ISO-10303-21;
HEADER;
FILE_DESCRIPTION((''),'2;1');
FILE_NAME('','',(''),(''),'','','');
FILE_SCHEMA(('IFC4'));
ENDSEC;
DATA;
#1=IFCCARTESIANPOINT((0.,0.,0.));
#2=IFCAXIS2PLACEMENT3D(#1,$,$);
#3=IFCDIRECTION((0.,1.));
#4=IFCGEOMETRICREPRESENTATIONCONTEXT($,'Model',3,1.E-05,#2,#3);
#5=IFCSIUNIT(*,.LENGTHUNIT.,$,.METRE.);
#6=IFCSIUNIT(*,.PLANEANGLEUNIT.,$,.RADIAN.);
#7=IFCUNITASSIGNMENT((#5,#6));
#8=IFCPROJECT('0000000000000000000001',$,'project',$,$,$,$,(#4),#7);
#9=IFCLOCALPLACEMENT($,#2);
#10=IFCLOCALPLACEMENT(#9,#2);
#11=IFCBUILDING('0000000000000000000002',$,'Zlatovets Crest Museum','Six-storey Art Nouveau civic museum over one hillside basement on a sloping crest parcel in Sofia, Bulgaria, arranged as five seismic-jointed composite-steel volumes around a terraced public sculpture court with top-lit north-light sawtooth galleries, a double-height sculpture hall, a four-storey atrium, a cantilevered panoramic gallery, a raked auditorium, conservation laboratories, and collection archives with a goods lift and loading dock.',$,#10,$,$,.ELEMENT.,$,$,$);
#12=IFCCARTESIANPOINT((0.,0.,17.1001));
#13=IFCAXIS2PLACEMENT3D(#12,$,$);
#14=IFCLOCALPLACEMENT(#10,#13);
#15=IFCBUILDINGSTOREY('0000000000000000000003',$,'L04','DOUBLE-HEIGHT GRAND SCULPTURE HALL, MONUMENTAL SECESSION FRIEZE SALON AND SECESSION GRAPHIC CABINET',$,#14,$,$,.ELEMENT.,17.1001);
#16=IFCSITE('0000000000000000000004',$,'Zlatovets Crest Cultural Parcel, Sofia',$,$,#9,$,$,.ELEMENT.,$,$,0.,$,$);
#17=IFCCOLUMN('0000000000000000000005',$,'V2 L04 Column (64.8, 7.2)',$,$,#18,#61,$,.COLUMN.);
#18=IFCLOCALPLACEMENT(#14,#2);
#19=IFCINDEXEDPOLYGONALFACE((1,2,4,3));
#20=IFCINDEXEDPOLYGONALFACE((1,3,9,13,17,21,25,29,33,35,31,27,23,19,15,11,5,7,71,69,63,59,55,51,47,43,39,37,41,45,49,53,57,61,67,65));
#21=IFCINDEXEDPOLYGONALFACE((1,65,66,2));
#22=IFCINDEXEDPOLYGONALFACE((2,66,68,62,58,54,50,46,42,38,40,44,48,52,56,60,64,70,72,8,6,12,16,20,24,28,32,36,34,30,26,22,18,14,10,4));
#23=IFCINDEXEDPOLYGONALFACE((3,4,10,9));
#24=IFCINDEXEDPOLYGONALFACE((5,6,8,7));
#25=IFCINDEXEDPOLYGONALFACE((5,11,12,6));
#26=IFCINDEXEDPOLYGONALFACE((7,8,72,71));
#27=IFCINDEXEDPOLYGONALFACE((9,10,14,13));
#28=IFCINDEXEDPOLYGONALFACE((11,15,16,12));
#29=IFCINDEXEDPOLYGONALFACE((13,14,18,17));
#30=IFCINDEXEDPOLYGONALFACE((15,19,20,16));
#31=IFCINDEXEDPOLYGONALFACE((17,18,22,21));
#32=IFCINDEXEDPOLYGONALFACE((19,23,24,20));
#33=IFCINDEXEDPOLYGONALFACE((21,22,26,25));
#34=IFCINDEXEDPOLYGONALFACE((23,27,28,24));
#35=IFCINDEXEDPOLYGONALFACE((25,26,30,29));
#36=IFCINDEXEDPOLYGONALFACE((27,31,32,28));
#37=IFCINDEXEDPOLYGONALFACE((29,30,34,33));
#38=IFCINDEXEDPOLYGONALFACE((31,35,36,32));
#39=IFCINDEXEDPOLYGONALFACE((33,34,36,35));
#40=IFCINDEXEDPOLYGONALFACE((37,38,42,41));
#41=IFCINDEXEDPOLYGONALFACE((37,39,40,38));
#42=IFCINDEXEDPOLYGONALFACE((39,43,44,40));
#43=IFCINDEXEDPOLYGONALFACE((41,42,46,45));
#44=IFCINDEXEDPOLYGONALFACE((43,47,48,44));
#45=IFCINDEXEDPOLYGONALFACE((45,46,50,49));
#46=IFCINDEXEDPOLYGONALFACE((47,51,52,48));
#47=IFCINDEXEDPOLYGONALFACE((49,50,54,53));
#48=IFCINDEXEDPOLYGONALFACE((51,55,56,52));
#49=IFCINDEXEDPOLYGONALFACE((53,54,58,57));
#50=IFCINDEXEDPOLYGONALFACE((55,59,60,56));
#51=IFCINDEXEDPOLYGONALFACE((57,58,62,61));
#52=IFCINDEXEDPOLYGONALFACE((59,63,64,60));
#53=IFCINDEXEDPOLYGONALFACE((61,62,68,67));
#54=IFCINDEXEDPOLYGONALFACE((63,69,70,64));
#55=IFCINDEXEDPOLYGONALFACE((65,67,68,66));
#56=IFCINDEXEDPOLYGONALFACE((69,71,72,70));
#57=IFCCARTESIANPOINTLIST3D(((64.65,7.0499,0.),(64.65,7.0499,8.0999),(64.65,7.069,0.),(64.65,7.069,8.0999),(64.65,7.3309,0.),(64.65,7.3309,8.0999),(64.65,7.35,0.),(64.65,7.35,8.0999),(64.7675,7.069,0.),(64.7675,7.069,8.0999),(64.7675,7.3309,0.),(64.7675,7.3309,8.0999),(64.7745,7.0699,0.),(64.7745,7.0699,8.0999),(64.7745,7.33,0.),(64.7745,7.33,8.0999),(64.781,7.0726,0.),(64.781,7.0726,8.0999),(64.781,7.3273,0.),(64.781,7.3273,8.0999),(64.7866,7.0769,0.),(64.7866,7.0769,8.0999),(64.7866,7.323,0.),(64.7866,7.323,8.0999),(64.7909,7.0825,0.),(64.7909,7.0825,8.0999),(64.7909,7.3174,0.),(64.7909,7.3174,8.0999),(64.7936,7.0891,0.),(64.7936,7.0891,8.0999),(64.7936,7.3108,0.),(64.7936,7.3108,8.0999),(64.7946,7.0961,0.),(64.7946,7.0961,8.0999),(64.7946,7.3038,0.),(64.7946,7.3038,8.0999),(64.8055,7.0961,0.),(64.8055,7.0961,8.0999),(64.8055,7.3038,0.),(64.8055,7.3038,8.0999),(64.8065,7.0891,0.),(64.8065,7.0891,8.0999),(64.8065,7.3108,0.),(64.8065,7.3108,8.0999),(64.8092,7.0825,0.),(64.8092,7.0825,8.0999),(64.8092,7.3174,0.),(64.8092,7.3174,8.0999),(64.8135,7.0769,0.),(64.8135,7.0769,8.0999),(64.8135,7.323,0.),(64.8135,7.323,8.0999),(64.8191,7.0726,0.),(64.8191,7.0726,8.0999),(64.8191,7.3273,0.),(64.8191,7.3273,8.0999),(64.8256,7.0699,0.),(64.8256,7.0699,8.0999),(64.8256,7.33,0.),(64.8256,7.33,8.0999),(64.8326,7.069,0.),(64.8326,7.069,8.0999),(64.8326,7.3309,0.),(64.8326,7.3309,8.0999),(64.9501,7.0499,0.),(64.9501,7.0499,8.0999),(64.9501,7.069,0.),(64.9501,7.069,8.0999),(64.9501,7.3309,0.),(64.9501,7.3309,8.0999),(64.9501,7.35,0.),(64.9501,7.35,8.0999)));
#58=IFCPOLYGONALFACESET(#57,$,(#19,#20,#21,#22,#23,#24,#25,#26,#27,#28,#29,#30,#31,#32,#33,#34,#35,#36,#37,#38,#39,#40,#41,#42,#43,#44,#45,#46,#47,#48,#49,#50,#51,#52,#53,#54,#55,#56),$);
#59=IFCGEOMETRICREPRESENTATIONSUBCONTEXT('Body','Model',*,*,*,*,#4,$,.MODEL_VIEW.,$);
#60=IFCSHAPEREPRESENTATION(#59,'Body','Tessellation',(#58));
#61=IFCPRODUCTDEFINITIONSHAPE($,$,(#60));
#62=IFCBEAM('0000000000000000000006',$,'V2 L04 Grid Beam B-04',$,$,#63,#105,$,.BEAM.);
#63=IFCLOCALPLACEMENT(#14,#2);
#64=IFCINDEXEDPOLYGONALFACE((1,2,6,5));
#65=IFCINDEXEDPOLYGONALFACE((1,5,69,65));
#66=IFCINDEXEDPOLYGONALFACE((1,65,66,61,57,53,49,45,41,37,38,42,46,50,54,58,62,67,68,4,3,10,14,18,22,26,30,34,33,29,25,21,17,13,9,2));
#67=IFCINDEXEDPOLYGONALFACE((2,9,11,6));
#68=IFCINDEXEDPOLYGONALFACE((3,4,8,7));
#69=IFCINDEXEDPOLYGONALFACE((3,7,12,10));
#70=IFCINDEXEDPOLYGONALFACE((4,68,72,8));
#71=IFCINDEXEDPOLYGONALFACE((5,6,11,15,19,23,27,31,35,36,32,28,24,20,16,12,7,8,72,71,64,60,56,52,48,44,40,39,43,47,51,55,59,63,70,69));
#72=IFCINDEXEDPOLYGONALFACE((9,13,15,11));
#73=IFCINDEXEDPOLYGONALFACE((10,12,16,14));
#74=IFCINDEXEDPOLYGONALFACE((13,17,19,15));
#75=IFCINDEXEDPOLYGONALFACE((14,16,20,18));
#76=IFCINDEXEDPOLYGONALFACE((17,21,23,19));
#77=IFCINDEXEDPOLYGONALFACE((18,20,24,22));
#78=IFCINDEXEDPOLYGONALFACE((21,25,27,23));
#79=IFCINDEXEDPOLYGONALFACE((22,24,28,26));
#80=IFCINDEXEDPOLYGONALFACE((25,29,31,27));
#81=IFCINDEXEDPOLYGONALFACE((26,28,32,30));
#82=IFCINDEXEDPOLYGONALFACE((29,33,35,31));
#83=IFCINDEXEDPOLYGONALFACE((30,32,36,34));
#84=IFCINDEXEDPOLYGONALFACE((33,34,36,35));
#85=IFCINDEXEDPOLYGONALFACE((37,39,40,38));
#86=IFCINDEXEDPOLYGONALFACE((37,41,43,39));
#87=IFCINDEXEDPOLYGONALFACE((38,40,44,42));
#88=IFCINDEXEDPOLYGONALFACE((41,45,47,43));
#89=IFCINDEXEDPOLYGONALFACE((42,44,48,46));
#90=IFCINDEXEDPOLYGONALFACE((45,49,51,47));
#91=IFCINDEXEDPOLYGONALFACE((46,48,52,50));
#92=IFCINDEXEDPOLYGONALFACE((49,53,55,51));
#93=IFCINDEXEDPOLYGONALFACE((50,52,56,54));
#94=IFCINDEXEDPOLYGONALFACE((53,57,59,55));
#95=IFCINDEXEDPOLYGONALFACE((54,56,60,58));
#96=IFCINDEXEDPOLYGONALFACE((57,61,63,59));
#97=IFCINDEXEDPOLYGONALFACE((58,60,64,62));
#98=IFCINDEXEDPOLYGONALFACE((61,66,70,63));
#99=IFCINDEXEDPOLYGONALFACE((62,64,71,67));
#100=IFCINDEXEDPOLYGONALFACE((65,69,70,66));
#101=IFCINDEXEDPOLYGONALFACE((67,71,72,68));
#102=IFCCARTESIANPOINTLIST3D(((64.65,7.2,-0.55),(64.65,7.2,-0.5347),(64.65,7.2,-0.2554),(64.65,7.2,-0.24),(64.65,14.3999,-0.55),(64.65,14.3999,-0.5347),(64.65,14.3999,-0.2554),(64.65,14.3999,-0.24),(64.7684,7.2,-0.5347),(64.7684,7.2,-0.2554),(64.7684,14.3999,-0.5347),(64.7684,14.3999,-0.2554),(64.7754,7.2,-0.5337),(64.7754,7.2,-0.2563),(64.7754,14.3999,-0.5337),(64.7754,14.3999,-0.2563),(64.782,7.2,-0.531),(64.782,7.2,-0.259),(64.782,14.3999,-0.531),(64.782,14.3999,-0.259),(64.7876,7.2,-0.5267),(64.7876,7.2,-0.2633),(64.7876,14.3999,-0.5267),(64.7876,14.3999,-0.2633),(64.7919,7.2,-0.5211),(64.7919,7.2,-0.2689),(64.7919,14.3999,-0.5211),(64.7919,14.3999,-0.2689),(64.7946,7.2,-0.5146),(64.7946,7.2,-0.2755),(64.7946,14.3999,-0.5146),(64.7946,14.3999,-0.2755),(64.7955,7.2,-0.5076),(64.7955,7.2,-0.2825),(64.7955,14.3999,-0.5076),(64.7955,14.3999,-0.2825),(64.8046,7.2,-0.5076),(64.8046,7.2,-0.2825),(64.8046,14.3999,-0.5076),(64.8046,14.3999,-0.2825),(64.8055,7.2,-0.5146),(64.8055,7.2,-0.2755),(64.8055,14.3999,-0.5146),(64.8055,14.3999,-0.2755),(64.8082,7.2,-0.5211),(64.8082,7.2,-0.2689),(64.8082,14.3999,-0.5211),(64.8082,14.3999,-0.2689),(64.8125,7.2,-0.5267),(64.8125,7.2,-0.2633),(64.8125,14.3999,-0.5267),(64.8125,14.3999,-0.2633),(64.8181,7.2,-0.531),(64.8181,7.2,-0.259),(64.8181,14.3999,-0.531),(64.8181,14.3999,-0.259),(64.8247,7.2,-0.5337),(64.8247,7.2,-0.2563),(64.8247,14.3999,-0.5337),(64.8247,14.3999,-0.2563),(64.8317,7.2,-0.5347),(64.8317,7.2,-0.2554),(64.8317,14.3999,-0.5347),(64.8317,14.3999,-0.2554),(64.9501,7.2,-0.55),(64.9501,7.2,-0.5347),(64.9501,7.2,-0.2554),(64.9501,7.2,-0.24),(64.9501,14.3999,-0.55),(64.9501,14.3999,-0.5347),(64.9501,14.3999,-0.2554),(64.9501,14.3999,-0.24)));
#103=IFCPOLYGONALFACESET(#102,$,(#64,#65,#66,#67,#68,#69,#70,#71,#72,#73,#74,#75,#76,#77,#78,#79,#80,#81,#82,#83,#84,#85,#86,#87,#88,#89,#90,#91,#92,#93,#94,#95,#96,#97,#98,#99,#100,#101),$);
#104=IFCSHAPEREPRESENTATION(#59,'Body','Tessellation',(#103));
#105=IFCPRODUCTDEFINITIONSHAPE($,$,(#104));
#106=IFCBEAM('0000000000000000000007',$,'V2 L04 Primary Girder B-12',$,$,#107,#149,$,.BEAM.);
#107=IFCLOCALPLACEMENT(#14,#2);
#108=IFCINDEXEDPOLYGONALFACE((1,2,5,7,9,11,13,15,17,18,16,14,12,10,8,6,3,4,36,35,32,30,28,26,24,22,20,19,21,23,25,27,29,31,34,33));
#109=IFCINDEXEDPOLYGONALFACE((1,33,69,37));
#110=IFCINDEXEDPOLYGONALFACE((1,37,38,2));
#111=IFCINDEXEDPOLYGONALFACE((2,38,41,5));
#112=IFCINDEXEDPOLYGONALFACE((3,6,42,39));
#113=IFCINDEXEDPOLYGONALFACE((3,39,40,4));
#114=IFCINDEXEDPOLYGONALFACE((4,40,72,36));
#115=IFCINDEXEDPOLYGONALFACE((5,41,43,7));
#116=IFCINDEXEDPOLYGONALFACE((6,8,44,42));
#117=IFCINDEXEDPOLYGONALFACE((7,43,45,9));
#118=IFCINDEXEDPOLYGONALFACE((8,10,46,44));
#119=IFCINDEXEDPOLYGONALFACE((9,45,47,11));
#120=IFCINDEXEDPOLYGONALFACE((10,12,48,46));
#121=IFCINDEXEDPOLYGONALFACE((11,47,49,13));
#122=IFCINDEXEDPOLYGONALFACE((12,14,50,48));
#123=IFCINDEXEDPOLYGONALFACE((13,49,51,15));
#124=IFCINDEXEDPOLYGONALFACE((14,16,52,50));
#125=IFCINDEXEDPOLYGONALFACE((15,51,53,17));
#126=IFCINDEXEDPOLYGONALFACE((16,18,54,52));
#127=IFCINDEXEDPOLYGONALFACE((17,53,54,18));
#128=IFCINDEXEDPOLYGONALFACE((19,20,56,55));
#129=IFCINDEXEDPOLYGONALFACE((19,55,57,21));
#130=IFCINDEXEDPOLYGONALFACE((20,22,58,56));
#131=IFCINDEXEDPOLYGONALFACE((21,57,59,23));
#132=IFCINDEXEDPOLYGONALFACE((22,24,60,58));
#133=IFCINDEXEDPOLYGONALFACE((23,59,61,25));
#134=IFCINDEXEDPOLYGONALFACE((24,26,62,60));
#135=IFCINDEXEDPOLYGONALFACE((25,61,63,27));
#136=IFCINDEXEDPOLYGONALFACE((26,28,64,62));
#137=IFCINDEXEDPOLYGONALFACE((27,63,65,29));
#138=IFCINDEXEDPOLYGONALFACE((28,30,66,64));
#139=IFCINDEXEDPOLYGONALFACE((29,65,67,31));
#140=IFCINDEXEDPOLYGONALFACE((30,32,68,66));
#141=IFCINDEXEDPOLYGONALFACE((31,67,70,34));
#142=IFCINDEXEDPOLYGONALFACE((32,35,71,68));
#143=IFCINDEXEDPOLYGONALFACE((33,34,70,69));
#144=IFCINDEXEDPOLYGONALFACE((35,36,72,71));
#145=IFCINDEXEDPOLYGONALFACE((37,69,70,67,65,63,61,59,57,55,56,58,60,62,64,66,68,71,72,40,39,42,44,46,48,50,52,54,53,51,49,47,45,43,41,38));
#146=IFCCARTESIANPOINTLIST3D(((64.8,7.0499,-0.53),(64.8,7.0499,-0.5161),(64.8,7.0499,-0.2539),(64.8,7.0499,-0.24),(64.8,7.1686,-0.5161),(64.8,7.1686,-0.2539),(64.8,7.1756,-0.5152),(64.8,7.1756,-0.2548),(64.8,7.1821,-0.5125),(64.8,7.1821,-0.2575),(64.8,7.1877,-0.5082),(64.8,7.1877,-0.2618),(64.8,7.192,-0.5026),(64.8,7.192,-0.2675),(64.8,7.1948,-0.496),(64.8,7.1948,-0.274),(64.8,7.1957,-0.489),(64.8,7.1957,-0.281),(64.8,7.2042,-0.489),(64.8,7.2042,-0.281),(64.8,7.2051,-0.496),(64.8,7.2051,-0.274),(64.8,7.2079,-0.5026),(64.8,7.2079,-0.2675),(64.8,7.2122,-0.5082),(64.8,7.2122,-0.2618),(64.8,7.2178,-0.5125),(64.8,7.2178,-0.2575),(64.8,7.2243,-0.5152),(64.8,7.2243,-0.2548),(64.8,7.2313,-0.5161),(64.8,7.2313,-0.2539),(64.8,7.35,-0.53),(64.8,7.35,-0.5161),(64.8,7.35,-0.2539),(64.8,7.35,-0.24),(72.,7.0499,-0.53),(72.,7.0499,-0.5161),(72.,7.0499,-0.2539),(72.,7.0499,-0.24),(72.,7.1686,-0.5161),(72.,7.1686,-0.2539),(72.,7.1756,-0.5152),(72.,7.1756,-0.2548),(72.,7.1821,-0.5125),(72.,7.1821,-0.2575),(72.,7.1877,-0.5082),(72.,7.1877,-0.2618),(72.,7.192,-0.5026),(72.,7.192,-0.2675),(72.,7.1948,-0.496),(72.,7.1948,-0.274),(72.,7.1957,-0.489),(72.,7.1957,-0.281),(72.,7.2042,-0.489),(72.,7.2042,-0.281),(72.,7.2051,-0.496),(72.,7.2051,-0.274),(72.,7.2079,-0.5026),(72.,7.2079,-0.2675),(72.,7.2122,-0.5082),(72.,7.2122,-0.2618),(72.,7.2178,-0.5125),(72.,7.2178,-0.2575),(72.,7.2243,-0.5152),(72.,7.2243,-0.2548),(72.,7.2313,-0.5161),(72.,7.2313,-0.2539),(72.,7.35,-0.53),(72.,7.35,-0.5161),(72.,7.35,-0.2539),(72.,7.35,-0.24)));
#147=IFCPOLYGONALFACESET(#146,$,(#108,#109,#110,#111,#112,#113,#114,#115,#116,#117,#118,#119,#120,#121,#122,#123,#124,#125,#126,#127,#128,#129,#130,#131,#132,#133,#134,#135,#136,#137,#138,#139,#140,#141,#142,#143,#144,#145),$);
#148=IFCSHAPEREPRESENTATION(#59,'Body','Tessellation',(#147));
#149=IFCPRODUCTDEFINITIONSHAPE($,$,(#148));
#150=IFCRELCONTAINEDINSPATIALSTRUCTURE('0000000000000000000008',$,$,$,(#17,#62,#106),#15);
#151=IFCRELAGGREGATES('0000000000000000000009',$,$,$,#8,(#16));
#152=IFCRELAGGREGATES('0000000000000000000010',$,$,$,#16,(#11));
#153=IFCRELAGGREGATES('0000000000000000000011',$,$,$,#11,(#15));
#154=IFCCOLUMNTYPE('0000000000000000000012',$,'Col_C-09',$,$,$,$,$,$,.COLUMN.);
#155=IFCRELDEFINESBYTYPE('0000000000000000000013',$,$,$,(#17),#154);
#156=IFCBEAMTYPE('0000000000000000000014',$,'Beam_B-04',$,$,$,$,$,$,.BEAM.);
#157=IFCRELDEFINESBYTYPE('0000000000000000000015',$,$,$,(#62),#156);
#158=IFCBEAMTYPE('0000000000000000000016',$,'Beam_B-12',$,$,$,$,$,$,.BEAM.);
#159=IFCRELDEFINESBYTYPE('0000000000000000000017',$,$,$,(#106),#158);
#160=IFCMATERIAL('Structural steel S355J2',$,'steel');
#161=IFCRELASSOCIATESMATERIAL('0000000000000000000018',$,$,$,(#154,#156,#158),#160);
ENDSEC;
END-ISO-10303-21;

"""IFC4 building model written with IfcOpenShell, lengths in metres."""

from ifc_helpers import new_model, si_unit, direction, frame, origin, origin_2d, place, context, subcontext, project, spatial, i_section, extrude, material, material_profile, profile_set, type_object, element, save


model = new_model("IFC4")

# Units and contexts
model_context = context("Model", 3, precision=1e-05, world=origin(), true_north=direction((0.0, 1.0)))
body_context = subcontext(model_context, "Body", "Model", "MODEL_VIEW")
ifc_project = project(units=[si_unit("LENGTHUNIT", "METRE"), si_unit("PLANEANGLEUNIT", "RADIAN")], contexts=[model_context])

# Site, building, storey
site_placement = place(None, origin())
site = spatial("IfcSite", under=ifc_project, at=site_placement, Name="Zlatovets Crest Cultural Parcel, Sofia", CompositionType="ELEMENT", RefElevation=0.0)
building_placement = place(site_placement, origin())
building = spatial("IfcBuilding", under=site, at=building_placement, Name="Zlatovets Crest Museum", Description="Six-storey Art Nouveau civic museum over one hillside basement on a sloping crest parcel in Sofia, Bulgaria, arranged as five seismic-jointed composite-steel volumes around a terraced public sculpture court with top-lit north-light sawtooth galleries, a double-height sculpture hall, a four-storey atrium, a cantilevered panoramic gallery, a raked auditorium, conservation laboratories, and collection archives with a goods lift and loading dock.", CompositionType="ELEMENT")
storey_placement = place(building_placement, frame((0.0, 0.0, 17.1001)))
storey = spatial("IfcBuildingStorey", under=building, at=storey_placement, Name="L04", Description="DOUBLE-HEIGHT GRAND SCULPTURE HALL, MONUMENTAL SECESSION FRIEZE SALON AND SECESSION GRAPHIC CABINET", CompositionType="ELEMENT", Elevation=17.1001)

# Column
ifc_material_1 = material(Name="Structural steel S355J2", Category="steel")
ifc_material_profile_1 = material_profile(ifc_material_1, i_section(OverallWidth=0.3, OverallDepth=0.3, WebThickness=0.011, FlangeThickness=0.019, FilletRadius=0.0271, at=origin_2d()), Name="HEB 300")
ifc_profile_set_1 = profile_set([ifc_material_profile_1], Name="Structural steel S355J2")
column_type = type_object("IfcColumnType", Name="Col_C-09", PredefinedType="COLUMN", material=ifc_profile_set_1)
column_placement = place(storey_placement, frame((64.8, 7.2, 0.0), z_axis=(0.0, 0.0, 1.0), x_axis=(1.0, 0.0, 0.0)))
element("IfcColumn", 1, at=column_placement, inside=storey, type_object=column_type, Name="V2 L04 Column (64.8, 7.2)", PredefinedType="COLUMN", context=body_context, shape_type="SweptSolid", body=[
    extrude(i_section(OverallWidth=0.3, OverallDepth=0.3, WebThickness=0.011, FlangeThickness=0.019, FilletRadius=0.0271, at=origin_2d()), origin(), (0.0, 0.0, 1.0), 8.0999),
])

# Beams
ifc_material_profile_2 = material_profile(ifc_material_1, i_section(OverallWidth=0.3, OverallDepth=0.3101, WebThickness=0.009, FlangeThickness=0.0154, FilletRadius=0.0271, at=origin_2d()), Name="HEA 320")
ifc_profile_set_2 = profile_set([ifc_material_profile_2], Name="Structural steel S355J2")
beam_type_1 = type_object("IfcBeamType", Name="Beam_B-04", PredefinedType="BEAM", material=ifc_profile_set_2)
beam_1_placement = place(storey_placement, frame((64.8, 7.2, -0.395), z_axis=(0.0, 1.0, 0.0), x_axis=(-1.0, 0.0, 0.0)))
element("IfcBeam", 2, at=beam_1_placement, inside=storey, type_object=beam_type_1, Name="V2 L04 Grid Beam B-04", PredefinedType="BEAM", context=body_context, shape_type="SweptSolid", body=[
    extrude(i_section(OverallWidth=0.3, OverallDepth=0.3101, WebThickness=0.009, FlangeThickness=0.0154, FilletRadius=0.0271, at=origin_2d()), origin(), (0.0, 0.0, 1.0), 7.2),
])
ifc_material_profile_3 = material_profile(ifc_material_1, i_section(OverallWidth=0.3, OverallDepth=0.29, WebThickness=0.0085, FlangeThickness=0.0139, FilletRadius=0.0271, at=origin_2d()), Name="HEA 300")
ifc_profile_set_3 = profile_set([ifc_material_profile_3], Name="Structural steel S355J2")
beam_type_2 = type_object("IfcBeamType", Name="Beam_B-12", PredefinedType="BEAM", material=ifc_profile_set_3)
beam_2_placement = place(storey_placement, frame((64.8, 7.2, -0.385), z_axis=(1.0, 0.0, 0.0), x_axis=(0.0, 1.0, 0.0)))
element("IfcBeam", 3, at=beam_2_placement, inside=storey, type_object=beam_type_2, Name="V2 L04 Primary Girder B-12", PredefinedType="BEAM", context=body_context, shape_type="SweptSolid", body=[
    extrude(i_section(OverallWidth=0.3, OverallDepth=0.29, WebThickness=0.0085, FlangeThickness=0.0139, FilletRadius=0.0271, at=origin_2d()), origin(), (0.0, 0.0, 1.0), 7.2),
])

save(model, "model.ifc")
